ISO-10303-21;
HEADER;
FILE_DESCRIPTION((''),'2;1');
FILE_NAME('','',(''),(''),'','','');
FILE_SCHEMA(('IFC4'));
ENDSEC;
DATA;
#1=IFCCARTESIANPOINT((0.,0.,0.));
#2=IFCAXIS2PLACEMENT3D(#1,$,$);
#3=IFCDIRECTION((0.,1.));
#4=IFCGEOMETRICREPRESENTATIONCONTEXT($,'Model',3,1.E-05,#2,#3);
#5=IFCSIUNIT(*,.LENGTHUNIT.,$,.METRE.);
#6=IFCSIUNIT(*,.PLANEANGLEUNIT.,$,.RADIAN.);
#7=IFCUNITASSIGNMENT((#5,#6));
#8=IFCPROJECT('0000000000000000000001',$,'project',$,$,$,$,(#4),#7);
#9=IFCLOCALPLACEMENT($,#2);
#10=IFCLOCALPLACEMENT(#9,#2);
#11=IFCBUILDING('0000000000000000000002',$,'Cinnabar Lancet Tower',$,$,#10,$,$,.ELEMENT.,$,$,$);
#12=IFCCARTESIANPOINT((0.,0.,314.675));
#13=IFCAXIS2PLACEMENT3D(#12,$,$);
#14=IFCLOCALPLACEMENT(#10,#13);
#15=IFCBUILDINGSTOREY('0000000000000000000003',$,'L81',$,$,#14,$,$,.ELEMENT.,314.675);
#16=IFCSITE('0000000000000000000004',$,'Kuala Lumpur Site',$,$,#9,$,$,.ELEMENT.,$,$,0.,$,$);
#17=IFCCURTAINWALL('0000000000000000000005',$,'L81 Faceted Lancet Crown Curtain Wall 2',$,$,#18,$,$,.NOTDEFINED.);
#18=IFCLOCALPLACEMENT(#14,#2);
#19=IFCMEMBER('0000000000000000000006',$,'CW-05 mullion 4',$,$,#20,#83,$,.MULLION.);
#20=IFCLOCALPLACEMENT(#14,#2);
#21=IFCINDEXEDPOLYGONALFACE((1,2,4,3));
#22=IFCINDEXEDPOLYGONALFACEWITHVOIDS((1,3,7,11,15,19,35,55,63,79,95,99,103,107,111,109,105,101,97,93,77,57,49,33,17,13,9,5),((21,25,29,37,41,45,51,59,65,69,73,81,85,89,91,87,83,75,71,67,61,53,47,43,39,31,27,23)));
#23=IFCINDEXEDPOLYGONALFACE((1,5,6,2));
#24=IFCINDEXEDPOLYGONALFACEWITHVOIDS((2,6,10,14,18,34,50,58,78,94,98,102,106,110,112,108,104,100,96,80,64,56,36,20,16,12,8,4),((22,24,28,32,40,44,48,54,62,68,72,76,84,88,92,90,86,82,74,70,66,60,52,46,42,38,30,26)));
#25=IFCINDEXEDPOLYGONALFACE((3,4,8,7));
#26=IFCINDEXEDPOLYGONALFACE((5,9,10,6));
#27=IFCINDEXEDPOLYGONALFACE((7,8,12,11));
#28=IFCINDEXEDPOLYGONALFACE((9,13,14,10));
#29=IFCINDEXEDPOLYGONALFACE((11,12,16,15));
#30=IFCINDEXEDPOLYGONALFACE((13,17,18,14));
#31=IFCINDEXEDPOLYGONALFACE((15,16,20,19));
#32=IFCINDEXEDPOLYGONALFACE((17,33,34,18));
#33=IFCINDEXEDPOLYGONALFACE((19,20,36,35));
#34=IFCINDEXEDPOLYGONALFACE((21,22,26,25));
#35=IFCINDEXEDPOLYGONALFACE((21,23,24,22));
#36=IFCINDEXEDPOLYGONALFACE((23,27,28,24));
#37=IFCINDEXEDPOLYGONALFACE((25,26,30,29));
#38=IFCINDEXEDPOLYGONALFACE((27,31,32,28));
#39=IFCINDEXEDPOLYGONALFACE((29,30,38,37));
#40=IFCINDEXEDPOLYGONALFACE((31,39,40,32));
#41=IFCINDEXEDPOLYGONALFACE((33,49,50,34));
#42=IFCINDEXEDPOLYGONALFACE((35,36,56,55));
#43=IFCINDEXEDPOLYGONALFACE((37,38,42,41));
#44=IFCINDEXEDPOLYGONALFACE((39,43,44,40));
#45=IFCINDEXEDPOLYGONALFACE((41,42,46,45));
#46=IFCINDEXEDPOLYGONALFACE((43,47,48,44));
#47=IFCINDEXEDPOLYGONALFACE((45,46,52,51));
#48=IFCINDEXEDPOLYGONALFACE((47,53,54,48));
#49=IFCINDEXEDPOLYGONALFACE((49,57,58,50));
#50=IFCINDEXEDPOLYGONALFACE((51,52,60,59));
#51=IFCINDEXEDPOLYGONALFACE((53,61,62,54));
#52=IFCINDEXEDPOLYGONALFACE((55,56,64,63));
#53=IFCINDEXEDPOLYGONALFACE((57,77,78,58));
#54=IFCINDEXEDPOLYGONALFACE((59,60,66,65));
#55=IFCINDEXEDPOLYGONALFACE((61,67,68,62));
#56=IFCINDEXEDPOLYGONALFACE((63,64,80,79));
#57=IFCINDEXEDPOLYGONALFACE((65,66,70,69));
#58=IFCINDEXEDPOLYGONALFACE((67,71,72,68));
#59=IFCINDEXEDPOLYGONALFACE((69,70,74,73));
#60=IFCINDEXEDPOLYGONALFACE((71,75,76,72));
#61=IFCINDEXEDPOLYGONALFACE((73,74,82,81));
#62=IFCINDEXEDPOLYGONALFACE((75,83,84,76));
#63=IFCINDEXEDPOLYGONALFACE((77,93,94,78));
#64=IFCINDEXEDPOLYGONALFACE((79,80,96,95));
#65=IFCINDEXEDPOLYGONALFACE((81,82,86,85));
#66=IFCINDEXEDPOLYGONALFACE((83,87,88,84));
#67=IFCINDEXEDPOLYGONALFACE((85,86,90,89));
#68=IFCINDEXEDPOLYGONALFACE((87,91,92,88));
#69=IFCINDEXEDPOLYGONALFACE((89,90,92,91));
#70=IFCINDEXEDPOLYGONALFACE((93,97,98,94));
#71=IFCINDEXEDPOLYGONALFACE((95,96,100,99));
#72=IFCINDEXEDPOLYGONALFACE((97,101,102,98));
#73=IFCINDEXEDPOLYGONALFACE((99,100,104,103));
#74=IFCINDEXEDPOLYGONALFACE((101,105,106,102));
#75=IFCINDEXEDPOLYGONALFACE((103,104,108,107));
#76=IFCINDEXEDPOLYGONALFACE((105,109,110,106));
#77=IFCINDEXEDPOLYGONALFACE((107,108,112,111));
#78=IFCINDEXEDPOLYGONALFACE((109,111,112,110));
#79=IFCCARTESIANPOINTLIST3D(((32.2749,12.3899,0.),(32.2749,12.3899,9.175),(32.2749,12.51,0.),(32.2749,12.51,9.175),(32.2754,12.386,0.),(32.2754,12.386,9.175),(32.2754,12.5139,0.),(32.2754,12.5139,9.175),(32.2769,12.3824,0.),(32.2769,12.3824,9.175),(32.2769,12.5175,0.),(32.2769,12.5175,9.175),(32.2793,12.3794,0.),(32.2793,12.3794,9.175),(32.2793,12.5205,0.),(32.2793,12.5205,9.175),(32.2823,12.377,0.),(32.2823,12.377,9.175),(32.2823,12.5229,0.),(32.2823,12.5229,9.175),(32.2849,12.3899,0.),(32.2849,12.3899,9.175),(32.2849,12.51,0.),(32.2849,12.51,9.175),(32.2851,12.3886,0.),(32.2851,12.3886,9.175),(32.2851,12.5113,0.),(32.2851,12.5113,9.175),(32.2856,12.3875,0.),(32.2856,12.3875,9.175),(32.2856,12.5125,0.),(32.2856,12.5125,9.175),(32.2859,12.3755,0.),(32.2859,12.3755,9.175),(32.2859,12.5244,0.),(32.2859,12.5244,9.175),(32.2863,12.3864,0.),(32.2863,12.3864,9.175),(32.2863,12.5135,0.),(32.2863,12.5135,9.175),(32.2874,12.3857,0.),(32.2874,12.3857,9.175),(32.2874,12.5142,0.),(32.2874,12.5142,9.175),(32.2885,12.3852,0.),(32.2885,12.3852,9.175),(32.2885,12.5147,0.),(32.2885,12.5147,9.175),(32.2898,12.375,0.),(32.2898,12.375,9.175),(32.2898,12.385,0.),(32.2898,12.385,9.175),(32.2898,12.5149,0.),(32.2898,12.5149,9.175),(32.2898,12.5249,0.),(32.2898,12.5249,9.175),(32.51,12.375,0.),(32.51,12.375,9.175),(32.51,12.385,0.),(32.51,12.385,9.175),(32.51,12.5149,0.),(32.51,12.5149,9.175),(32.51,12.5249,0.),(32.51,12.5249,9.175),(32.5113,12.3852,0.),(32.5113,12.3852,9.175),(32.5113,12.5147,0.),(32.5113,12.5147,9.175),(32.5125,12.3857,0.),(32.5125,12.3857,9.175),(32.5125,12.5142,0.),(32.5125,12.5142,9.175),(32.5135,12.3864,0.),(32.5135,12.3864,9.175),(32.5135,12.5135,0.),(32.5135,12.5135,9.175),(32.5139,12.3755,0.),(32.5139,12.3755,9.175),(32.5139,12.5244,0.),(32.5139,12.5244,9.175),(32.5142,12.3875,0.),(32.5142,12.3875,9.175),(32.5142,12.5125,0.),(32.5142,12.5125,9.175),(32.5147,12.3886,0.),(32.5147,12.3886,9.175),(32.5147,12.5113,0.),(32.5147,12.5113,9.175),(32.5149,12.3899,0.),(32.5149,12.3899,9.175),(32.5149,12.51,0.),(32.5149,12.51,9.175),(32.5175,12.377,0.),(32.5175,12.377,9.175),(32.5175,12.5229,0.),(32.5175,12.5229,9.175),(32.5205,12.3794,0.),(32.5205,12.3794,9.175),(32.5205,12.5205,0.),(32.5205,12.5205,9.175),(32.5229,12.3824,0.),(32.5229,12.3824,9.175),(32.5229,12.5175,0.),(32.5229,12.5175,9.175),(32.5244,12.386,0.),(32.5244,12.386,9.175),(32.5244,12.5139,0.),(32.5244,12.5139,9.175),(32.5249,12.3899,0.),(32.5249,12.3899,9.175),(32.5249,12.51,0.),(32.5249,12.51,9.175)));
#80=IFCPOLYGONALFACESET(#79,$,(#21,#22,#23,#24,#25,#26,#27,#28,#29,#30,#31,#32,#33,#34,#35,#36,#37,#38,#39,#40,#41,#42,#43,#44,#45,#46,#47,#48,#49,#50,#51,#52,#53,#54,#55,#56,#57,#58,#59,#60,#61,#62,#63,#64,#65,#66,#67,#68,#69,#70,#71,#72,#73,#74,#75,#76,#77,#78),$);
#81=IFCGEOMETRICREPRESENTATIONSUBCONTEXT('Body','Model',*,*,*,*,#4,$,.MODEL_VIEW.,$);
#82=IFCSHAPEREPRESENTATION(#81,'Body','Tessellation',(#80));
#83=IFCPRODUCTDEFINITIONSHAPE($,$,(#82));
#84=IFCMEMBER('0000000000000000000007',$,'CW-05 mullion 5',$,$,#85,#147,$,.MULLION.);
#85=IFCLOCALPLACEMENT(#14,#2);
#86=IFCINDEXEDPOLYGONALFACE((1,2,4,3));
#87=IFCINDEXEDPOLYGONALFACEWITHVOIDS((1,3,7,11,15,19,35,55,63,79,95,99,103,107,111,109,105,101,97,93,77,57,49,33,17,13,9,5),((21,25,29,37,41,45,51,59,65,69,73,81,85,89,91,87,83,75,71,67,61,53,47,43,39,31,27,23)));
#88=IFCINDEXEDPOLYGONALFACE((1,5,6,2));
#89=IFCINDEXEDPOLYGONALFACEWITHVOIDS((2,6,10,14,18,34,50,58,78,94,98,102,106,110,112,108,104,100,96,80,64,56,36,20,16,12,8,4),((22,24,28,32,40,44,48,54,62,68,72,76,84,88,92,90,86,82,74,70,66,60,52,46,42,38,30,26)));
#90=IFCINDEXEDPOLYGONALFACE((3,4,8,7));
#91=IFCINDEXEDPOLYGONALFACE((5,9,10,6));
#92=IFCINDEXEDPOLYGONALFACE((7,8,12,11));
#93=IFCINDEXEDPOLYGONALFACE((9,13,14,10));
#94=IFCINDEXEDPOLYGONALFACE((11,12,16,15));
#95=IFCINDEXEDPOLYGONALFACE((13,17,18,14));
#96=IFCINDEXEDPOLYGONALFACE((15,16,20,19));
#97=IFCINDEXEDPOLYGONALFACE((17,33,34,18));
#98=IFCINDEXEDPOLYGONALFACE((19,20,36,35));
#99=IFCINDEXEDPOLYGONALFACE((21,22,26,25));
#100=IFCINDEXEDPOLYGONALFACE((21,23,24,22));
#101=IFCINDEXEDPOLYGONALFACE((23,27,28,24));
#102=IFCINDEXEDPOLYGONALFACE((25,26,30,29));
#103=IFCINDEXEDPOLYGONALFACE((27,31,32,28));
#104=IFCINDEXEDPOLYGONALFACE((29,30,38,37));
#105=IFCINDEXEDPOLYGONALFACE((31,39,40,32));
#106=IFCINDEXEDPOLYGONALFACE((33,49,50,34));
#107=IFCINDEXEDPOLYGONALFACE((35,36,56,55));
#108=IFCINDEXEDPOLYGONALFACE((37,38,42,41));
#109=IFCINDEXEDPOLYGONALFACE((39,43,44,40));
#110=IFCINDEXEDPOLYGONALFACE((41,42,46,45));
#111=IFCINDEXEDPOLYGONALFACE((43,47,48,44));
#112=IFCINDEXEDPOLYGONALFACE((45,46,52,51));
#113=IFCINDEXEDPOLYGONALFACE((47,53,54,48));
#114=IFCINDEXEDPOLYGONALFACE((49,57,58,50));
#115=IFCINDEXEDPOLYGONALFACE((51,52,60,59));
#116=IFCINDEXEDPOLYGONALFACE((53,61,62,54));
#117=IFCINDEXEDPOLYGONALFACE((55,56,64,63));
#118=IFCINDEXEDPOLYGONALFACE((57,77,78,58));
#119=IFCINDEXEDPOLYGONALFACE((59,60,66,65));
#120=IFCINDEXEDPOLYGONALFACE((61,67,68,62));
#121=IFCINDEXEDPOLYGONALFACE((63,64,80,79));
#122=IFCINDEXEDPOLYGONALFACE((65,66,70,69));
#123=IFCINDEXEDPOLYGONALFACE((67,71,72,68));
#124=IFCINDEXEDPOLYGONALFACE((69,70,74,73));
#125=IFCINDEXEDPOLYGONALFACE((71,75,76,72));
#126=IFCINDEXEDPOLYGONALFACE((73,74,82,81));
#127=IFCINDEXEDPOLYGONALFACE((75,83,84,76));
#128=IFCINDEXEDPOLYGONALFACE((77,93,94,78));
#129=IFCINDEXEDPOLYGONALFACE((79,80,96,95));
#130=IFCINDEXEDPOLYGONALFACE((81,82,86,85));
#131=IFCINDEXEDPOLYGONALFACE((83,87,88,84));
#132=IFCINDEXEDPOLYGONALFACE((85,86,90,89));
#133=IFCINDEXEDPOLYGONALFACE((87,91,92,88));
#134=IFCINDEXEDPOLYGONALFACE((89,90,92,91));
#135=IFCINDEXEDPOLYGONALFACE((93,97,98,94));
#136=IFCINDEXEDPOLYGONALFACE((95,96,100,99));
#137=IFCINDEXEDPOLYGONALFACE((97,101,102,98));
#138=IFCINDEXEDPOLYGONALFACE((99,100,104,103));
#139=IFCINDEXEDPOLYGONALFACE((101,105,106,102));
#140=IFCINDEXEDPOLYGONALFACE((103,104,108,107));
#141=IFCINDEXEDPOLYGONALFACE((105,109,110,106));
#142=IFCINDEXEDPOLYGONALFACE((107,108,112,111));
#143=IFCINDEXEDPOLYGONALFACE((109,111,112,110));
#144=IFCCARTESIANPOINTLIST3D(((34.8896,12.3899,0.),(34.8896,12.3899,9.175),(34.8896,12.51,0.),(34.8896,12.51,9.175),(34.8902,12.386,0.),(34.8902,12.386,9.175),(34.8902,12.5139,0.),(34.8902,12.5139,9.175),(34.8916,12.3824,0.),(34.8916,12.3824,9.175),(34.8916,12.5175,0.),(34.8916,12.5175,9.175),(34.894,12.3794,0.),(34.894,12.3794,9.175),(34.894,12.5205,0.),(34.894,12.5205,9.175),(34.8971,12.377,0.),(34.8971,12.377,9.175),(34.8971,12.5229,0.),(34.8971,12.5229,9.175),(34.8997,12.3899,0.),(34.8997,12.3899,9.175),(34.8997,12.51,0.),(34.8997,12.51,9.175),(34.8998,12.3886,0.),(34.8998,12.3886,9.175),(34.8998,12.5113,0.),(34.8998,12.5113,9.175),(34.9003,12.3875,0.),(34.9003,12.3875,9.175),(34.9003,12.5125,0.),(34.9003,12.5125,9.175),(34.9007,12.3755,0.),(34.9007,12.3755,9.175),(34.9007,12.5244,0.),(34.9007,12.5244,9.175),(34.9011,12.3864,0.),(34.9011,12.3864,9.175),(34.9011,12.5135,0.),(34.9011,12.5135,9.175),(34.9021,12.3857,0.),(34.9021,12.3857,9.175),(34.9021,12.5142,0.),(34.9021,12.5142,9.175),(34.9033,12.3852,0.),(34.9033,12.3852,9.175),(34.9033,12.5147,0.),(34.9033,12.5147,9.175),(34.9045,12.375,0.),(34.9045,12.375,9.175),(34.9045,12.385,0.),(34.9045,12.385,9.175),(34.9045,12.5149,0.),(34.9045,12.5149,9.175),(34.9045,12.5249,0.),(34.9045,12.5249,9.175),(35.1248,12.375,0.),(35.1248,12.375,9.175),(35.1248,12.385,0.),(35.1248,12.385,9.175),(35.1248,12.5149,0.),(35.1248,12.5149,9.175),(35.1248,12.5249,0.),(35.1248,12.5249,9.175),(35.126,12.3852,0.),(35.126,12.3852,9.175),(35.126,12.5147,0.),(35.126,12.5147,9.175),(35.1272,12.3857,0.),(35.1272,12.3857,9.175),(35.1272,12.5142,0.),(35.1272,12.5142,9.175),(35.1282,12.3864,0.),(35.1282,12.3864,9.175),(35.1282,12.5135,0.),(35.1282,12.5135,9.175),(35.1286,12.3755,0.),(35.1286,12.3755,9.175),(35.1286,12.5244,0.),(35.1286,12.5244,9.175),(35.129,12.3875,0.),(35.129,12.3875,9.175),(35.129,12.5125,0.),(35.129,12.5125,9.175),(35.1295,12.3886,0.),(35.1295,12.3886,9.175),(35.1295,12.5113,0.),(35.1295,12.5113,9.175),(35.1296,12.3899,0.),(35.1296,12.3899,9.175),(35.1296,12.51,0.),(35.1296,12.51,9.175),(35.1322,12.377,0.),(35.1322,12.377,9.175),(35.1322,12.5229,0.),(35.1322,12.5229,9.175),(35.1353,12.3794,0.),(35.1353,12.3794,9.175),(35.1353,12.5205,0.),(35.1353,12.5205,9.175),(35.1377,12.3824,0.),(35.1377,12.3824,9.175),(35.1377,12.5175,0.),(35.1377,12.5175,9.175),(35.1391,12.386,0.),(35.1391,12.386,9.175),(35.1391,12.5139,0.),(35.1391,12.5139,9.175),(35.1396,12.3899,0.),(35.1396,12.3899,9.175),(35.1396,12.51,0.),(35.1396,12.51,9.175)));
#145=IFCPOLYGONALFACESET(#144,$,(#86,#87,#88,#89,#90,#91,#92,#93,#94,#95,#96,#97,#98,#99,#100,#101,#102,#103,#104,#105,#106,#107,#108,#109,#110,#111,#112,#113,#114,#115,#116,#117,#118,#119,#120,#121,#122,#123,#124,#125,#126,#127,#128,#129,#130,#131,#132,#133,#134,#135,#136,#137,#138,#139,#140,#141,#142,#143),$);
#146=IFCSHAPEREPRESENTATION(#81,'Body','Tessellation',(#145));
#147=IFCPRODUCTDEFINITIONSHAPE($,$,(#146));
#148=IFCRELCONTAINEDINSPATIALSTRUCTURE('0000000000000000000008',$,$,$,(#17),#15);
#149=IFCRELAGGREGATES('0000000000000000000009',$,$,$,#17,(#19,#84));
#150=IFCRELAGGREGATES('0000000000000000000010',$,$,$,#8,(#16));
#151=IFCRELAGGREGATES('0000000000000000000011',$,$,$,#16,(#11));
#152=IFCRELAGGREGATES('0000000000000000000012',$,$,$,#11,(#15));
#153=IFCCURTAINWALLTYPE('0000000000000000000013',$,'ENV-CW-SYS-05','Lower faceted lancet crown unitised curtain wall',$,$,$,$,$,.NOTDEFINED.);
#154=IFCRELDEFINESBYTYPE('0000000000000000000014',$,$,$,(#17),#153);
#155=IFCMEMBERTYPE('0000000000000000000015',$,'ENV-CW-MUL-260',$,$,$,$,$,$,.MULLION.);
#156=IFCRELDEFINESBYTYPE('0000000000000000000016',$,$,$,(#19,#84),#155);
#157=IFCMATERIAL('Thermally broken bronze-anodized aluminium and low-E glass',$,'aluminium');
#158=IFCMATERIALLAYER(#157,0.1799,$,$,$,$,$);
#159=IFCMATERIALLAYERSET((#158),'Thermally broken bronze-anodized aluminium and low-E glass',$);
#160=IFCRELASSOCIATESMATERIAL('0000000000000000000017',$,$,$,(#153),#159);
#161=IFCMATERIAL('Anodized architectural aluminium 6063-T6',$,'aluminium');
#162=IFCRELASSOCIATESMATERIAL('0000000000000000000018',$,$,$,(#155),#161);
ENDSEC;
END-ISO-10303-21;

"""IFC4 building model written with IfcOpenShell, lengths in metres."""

from ifc_helpers import new_model, si_unit, direction, frame, origin, origin_2d, place, context, subcontext, project, spatial, hollow_rectangle, extrude, material, layer, layer_set, material_profile, profile_set, type_object, element, aggregate, save


model = new_model("IFC4")

# Units and contexts
model_context = context("Model", 3, precision=1e-05, world=origin(), true_north=direction((0.0, 1.0)))
body_context = subcontext(model_context, "Body", "Model", "MODEL_VIEW")
ifc_project = project(units=[si_unit("LENGTHUNIT", "METRE"), si_unit("PLANEANGLEUNIT", "RADIAN")], contexts=[model_context])

# Site, building, storey
site_placement = place(None, origin())
site = spatial("IfcSite", under=ifc_project, at=site_placement, Name="Kuala Lumpur Site", CompositionType="ELEMENT", RefElevation=0.0)
building_placement = place(site_placement, origin())
building = spatial("IfcBuilding", under=site, at=building_placement, Name="Cinnabar Lancet Tower", CompositionType="ELEMENT")
storey_placement = place(building_placement, frame((0.0, 0.0, 314.675)))
storey = spatial("IfcBuildingStorey", under=building, at=storey_placement, Name="L81", CompositionType="ELEMENT", Elevation=314.675)

# Curtain wall, members
ifc_material_1 = material(Name="Thermally broken bronze-anodized aluminium and low-E glass", Category="aluminium")
ifc_layer_1 = layer(ifc_material_1, 0.1799)
ifc_layer_set_1 = layer_set([ifc_layer_1], Name="Thermally broken bronze-anodized aluminium and low-E glass")
curtain_wall_type = type_object("IfcCurtainWallType", Name="ENV-CW-SYS-05", Description="Lower faceted lancet crown unitised curtain wall", PredefinedType="NOTDEFINED", material=ifc_layer_set_1)
curtain_wall_1_placement = place(storey_placement, origin())
curtain_wall_1 = element("IfcCurtainWall", 1, at=curtain_wall_1_placement, inside=storey, type_object=curtain_wall_type, Name="L81 Faceted Lancet Crown Curtain Wall 2", PredefinedType="NOTDEFINED")
ifc_material_2 = material(Name="Anodized architectural aluminium 6063-T6", Category="aluminium")
ifc_material_profile_1 = material_profile(ifc_material_2, hollow_rectangle(XDim=0.1499, YDim=0.25, WallThickness=0.01, InnerFilletRadius=0.0049, OuterFilletRadius=0.0149, at=origin_2d()), Name="RHS 250x150x10")
ifc_profile_set_1 = profile_set([ifc_material_profile_1], Name="Anodized architectural aluminium 6063-T6")
member_type_1 = type_object("IfcMemberType", Name="ENV-CW-MUL-260", PredefinedType="MULLION", material=ifc_profile_set_1)
member_1_placement = place(storey_placement, frame((32.3999, 12.45, 0.0), z_axis=(0.0, 0.0, 1.0), x_axis=(0.0, 1.0, 0.0)))
member_1 = element("IfcMember", 2, at=member_1_placement, type_object=member_type_1, Name="CW-05 mullion 4", PredefinedType="MULLION", context=body_context, shape_type="SweptSolid", body=[
    extrude(hollow_rectangle(XDim=0.1499, YDim=0.25, WallThickness=0.01, InnerFilletRadius=0.0049, OuterFilletRadius=0.0149, at=origin_2d()), origin(), (0.0, 0.0, 1.0), 9.175),
])
member_2_placement = place(storey_placement, frame((35.0146, 12.45, 0.0), z_axis=(0.0, 0.0, 1.0), x_axis=(0.0, 1.0, 0.0)))
member_2 = element("IfcMember", 3, at=member_2_placement, type_object=member_type_1, Name="CW-05 mullion 5", PredefinedType="MULLION", context=body_context, shape_type="SweptSolid", body=[
    extrude(hollow_rectangle(XDim=0.1499, YDim=0.25, WallThickness=0.01, InnerFilletRadius=0.0049, OuterFilletRadius=0.0149, at=origin_2d()), origin(), (0.0, 0.0, 1.0), 9.175),
])

aggregate(curtain_wall_1, [member_1, member_2])

save(model, "model.ifc")
